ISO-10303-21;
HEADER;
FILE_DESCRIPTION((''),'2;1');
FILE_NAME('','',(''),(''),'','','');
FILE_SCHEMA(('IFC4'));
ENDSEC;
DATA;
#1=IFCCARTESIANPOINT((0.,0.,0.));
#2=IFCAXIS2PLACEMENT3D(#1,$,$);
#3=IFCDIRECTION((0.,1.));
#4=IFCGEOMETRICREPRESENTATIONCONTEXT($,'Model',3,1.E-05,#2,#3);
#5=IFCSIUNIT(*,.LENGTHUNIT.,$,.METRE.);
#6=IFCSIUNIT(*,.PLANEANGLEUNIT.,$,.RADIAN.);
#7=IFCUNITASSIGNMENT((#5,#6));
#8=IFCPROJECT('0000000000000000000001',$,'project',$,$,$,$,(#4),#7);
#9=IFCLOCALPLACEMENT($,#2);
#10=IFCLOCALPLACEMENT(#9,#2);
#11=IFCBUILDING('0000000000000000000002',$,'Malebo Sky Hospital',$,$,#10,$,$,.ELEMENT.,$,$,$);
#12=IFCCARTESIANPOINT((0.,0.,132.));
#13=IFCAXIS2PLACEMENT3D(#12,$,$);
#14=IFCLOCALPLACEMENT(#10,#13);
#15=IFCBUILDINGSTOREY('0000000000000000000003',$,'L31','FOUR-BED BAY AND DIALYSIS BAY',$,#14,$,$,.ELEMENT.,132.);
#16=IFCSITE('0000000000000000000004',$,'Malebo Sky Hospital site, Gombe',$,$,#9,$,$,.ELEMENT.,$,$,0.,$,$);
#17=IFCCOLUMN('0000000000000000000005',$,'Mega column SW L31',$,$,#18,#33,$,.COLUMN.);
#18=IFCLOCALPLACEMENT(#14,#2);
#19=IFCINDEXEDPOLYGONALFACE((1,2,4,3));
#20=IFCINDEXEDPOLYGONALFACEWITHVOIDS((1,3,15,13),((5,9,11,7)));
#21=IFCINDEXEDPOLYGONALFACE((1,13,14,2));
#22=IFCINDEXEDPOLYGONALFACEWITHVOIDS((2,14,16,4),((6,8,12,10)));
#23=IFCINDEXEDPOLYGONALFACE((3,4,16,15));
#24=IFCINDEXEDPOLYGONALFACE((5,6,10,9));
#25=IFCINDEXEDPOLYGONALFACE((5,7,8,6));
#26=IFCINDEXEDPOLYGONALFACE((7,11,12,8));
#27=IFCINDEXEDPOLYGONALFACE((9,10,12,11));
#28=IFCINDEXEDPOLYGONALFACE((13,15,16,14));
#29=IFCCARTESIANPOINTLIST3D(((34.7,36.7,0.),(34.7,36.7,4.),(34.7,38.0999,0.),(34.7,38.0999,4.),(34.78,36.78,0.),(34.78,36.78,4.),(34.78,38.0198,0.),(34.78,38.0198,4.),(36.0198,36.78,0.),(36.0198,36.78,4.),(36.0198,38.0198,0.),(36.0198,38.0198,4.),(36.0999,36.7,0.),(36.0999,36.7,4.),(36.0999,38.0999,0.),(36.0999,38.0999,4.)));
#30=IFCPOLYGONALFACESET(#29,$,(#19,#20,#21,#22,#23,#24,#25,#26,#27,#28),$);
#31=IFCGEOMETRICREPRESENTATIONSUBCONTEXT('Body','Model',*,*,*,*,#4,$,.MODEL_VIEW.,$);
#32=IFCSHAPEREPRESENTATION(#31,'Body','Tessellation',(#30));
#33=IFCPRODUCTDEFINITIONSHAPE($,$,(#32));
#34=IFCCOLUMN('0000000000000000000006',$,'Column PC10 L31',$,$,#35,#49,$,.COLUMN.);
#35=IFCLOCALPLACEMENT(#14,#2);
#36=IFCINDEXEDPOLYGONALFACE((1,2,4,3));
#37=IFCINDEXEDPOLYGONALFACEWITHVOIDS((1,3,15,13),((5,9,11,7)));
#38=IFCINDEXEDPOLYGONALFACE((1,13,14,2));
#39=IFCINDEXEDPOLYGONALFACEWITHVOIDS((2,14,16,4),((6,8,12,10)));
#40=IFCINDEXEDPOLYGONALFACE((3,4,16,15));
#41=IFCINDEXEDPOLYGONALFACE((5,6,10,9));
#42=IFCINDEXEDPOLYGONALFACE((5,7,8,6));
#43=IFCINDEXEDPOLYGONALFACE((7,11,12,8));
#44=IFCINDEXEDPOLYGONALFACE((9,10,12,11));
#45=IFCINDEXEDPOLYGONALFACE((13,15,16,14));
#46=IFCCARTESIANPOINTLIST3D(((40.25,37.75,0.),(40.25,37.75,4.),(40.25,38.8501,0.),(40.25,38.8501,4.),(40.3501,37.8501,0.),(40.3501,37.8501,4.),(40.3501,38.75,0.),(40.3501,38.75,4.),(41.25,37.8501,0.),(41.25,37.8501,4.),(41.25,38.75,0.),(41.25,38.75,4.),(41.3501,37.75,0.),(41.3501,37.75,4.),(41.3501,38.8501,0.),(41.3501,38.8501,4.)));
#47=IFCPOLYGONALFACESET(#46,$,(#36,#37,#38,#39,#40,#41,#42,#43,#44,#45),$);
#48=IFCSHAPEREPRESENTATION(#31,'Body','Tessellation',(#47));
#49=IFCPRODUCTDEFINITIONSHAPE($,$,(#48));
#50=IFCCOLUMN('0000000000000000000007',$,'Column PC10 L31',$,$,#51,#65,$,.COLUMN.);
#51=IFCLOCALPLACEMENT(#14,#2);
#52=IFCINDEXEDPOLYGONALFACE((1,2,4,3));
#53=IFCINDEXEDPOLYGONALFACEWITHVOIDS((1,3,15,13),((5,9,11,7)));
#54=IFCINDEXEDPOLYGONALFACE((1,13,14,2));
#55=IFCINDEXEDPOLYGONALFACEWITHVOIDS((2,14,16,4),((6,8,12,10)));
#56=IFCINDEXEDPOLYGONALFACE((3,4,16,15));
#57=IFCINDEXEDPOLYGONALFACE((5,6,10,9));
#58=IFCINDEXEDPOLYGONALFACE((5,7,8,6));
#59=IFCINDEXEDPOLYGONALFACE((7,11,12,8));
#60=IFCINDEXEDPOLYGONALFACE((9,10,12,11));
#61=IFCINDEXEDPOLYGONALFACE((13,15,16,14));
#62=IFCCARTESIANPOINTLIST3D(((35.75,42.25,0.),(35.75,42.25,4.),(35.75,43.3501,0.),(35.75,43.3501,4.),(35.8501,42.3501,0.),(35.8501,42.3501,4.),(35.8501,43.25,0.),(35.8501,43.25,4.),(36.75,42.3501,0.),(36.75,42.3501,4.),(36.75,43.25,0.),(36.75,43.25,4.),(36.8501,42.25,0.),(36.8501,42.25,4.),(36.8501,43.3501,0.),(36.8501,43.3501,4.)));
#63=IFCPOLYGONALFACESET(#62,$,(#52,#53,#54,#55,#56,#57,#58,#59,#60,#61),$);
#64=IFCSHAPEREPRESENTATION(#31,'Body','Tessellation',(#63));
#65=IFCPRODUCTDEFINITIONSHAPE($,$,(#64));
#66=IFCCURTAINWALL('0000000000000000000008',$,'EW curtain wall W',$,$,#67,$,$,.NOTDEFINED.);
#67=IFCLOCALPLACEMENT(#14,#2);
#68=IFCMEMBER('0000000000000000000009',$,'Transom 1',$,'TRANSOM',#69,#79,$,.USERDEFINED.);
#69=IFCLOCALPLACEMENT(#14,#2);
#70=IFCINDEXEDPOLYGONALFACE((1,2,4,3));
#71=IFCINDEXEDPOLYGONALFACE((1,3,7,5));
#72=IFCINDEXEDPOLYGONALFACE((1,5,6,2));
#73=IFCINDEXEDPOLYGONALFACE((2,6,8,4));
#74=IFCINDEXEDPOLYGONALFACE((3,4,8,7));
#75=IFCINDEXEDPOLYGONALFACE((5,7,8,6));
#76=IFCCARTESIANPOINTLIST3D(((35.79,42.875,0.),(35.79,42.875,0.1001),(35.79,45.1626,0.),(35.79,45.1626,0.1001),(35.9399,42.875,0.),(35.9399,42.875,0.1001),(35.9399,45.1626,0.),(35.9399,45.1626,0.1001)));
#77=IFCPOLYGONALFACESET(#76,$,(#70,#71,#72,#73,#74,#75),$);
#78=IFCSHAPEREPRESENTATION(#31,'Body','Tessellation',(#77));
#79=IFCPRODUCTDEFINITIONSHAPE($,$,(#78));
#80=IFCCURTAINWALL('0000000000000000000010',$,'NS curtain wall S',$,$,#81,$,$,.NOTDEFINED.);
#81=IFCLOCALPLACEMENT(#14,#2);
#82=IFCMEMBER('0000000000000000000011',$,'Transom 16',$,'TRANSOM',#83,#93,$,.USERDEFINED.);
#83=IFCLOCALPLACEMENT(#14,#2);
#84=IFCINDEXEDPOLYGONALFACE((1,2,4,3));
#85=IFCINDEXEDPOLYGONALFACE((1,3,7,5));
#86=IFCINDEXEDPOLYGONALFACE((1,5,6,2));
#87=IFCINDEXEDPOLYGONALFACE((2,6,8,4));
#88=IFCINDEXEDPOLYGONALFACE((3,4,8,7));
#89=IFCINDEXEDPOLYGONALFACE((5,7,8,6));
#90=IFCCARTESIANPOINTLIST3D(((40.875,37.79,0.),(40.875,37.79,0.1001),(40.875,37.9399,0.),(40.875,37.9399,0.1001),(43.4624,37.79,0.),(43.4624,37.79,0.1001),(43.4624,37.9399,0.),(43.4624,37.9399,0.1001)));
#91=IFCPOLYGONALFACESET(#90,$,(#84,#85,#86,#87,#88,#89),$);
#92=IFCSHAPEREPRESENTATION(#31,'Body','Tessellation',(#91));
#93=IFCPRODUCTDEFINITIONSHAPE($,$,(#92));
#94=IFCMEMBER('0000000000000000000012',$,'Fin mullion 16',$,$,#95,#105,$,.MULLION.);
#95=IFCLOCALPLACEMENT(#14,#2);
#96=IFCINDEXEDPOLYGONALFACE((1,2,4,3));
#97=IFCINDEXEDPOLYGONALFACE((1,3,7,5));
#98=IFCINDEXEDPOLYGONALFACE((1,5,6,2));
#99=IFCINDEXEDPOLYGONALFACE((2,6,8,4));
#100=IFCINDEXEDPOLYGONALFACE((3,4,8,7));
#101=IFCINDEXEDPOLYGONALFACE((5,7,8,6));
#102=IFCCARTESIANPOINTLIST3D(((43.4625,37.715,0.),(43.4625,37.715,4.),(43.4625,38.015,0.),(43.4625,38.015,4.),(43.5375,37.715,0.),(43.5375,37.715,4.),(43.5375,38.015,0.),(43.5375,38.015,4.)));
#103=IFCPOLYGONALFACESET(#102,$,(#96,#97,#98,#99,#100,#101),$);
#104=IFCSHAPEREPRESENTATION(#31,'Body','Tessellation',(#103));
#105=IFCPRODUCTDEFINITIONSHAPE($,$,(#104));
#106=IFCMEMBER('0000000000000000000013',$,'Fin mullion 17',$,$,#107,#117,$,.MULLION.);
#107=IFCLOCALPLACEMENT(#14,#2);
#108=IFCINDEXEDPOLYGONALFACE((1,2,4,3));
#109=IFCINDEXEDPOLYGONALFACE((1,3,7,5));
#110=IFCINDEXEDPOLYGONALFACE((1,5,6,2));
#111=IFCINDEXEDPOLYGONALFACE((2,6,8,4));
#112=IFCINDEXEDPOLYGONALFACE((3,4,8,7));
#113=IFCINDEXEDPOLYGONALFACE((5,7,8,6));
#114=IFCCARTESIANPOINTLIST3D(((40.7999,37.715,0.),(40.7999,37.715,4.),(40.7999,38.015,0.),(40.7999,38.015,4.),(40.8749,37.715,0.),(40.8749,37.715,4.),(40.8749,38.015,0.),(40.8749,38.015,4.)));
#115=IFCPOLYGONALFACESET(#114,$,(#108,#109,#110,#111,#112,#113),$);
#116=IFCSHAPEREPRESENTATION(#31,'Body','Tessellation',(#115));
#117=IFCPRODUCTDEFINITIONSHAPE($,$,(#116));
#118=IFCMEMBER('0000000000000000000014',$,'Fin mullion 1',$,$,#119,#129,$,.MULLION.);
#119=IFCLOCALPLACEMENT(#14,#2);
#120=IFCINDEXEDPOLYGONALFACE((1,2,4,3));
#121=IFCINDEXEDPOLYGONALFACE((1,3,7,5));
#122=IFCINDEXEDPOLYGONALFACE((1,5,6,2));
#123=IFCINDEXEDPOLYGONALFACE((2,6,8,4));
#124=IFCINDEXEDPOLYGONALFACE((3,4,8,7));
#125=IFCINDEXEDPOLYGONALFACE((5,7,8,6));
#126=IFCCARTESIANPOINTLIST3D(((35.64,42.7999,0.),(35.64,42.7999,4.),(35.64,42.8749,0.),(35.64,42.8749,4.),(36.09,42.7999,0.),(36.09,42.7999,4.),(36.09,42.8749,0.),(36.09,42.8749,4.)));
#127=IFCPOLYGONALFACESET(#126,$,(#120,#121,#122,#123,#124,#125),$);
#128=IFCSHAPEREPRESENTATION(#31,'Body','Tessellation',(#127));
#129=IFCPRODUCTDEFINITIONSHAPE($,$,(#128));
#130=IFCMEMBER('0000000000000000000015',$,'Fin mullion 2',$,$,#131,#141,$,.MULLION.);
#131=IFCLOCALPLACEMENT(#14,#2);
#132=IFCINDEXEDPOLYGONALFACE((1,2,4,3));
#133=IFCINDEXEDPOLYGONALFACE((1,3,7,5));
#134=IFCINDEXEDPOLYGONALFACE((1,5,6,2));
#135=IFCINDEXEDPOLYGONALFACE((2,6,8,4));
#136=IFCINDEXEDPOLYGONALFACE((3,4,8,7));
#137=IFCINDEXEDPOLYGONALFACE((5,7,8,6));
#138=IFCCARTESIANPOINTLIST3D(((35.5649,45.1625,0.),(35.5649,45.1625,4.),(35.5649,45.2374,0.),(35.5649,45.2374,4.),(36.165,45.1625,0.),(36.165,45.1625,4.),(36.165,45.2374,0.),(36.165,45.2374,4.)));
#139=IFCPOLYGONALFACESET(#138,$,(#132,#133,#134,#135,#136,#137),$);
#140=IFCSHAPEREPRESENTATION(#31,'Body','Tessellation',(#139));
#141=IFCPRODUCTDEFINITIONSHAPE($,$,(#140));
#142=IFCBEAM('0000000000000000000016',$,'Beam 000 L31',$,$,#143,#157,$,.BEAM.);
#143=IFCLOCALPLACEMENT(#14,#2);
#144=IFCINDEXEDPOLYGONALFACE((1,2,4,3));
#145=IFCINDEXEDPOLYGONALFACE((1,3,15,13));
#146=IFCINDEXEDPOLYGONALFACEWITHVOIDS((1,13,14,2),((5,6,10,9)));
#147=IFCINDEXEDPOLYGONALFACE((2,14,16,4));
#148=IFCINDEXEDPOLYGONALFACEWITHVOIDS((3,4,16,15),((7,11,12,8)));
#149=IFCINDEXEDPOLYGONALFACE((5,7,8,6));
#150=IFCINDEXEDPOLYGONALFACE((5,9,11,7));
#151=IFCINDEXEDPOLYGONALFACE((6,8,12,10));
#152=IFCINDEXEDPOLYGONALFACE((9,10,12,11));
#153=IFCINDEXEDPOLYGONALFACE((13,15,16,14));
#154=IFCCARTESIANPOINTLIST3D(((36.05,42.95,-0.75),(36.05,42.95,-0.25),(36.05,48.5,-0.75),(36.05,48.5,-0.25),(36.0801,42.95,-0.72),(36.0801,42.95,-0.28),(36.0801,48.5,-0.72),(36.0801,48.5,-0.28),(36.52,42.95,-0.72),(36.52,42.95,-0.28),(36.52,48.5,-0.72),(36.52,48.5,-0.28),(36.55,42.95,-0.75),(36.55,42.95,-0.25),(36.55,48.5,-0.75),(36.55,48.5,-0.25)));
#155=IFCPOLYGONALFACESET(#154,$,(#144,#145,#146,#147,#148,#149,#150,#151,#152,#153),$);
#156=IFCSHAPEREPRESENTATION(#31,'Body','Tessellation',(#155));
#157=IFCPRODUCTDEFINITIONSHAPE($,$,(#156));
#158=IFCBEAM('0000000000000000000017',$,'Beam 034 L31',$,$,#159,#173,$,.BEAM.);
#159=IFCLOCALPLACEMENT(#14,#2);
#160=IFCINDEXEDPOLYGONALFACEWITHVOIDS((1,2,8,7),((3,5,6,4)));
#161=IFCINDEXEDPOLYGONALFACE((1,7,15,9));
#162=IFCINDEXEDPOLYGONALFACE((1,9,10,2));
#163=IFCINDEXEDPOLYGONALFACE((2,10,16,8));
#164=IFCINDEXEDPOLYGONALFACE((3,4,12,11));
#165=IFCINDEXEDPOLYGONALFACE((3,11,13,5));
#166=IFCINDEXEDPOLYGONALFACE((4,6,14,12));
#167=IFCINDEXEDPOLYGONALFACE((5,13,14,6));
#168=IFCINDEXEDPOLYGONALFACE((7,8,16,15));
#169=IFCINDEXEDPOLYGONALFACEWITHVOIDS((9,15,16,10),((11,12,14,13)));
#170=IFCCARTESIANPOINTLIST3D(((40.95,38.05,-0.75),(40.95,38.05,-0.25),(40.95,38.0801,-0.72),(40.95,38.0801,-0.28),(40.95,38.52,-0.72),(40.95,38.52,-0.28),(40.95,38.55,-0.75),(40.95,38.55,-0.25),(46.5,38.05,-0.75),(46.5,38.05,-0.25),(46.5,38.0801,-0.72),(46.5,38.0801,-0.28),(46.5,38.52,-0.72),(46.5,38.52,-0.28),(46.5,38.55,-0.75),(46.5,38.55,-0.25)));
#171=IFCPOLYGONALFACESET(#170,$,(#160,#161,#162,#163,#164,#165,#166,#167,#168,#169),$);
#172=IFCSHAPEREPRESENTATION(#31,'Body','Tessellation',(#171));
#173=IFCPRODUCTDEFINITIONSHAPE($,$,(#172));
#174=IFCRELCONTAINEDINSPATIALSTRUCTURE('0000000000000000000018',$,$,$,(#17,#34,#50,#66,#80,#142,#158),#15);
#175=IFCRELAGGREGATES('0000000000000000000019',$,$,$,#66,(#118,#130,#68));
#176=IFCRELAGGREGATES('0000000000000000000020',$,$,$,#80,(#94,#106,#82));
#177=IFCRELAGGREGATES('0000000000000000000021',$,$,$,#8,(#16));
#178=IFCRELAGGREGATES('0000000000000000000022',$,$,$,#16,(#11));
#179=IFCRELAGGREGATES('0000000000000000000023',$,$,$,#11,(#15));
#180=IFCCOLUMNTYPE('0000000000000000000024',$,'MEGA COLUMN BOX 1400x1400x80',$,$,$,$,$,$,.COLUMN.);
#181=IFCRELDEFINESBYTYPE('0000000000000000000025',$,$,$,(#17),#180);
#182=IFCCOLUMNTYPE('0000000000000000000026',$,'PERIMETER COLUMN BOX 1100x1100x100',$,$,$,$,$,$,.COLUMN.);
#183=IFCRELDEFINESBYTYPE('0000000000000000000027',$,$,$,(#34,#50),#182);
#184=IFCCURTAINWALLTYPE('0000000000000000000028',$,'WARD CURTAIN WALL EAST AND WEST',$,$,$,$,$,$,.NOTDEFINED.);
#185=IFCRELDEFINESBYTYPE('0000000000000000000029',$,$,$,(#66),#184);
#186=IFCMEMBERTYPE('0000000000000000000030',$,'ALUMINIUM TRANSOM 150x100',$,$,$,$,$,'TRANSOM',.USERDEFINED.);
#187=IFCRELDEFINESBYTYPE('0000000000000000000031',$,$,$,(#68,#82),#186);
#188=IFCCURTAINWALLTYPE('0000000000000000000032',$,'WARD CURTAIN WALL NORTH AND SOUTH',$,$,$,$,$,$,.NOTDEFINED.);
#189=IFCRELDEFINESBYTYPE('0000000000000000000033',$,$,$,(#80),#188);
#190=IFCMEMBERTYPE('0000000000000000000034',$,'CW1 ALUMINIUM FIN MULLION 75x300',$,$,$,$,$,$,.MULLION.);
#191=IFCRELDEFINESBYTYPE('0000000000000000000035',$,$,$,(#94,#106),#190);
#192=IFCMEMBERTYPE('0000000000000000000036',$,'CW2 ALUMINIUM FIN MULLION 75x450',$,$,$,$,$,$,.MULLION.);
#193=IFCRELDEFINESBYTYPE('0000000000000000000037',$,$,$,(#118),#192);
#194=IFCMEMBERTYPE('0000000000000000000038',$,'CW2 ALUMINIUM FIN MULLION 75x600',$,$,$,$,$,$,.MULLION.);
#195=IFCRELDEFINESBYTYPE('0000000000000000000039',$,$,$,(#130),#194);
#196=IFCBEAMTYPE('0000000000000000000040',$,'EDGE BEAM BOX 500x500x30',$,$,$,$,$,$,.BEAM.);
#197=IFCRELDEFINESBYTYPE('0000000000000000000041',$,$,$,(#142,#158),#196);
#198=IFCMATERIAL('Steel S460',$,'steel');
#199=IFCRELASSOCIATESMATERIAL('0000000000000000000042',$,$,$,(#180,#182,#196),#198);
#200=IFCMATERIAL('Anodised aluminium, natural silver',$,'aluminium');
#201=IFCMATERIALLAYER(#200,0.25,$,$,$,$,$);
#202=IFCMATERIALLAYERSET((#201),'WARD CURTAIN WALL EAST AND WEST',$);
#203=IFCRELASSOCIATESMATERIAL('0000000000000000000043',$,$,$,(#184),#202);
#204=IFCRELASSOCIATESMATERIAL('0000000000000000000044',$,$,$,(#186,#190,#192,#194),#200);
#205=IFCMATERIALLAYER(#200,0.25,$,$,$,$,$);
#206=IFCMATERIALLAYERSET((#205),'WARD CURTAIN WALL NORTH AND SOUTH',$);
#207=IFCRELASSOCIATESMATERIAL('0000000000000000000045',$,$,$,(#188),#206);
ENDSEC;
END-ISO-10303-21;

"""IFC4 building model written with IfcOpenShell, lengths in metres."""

from ifc_helpers import new_model, si_unit, direction, frame, origin, origin_2d, place, context, subcontext, project, spatial, rectangle, hollow_rectangle, extrude, material, layer, layer_set, material_profile, profile_set, type_object, element, aggregate, save


model = new_model("IFC4")

# Units and contexts
model_context = context("Model", 3, precision=1e-05, world=origin(), true_north=direction((0.0, 1.0)))
body_context = subcontext(model_context, "Body", "Model", "MODEL_VIEW")
ifc_project = project(units=[si_unit("LENGTHUNIT", "METRE"), si_unit("PLANEANGLEUNIT", "RADIAN")], contexts=[model_context])

# Site, building, storey
site_placement = place(None, origin())
site = spatial("IfcSite", under=ifc_project, at=site_placement, Name="Malebo Sky Hospital site, Gombe", CompositionType="ELEMENT", RefElevation=0.0)
building_placement = place(site_placement, origin())
building = spatial("IfcBuilding", under=site, at=building_placement, Name="Malebo Sky Hospital", CompositionType="ELEMENT")
storey_placement = place(building_placement, frame((0.0, 0.0, 132.0)))
storey = spatial("IfcBuildingStorey", under=building, at=storey_placement, Name="L31", Description="FOUR-BED BAY AND DIALYSIS BAY", CompositionType="ELEMENT", Elevation=132.0)

# Columns
ifc_material_1 = material(Name="Steel S460", Category="steel")
ifc_material_profile_1 = material_profile(ifc_material_1, hollow_rectangle(XDim=1.3999, YDim=1.3999, WallThickness=0.0801, at=origin_2d()), Name="BOX 1400x1400x80")
ifc_profile_set_1 = profile_set([ifc_material_profile_1], Name="Steel S460")
column_type_1 = type_object("IfcColumnType", Name="MEGA COLUMN BOX 1400x1400x80", PredefinedType="COLUMN", material=ifc_profile_set_1)
column_placement = place(storey_placement, frame((35.3999, 37.3999, 0.0), z_axis=(0.0, 0.0, 1.0), x_axis=(1.0, 0.0, 0.0)))
element("IfcColumn", 1, at=column_placement, inside=storey, type_object=column_type_1, Name="Mega column SW L31", PredefinedType="COLUMN", context=body_context, shape_type="SweptSolid", body=[
    extrude(hollow_rectangle(XDim=1.3999, YDim=1.3999, WallThickness=0.0801, at=origin_2d()), origin(), (0.0, 0.0, 1.0), 4.0),
])
ifc_material_profile_2 = material_profile(ifc_material_1, hollow_rectangle(XDim=1.1001, YDim=1.1001, WallThickness=0.1001, at=origin_2d()), Name="BOX 1100x1100x100")
ifc_profile_set_2 = profile_set([ifc_material_profile_2], Name="Steel S460")
column_type_2 = type_object("IfcColumnType", Name="PERIMETER COLUMN BOX 1100x1100x100", PredefinedType="COLUMN", material=ifc_profile_set_2)
for number, where, z_axis, x_axis, name in (
    (2, (40.8, 38.3, 0.0), (0.0, 0.0, 1.0), (1.0, 0.0, 0.0), "Column PC10 L31"),
    (3, (36.3, 42.8, 0.0), (0.0, 0.0, 1.0), (1.0, 0.0, 0.0), "Column PC10 L31"),
):
    element("IfcColumn", number, at=place(storey_placement, frame(where, z_axis=z_axis, x_axis=x_axis)), inside=storey, type_object=column_type_2, Name=name, PredefinedType="COLUMN", context=body_context, shape_type="SweptSolid", body=[
        extrude(hollow_rectangle(XDim=1.1001, YDim=1.1001, WallThickness=0.1001, at=origin_2d()), origin(), (0.0, 0.0, 1.0), 4.0),
    ])

# Curtain wall, member
ifc_material_2 = material(Name="Anodised aluminium, natural silver", Category="aluminium")
ifc_layer_1 = layer(ifc_material_2, 0.25)
ifc_layer_set_1 = layer_set([ifc_layer_1], Name="WARD CURTAIN WALL EAST AND WEST")
curtain_wall_type_1 = type_object("IfcCurtainWallType", Name="WARD CURTAIN WALL EAST AND WEST", PredefinedType="NOTDEFINED", material=ifc_layer_set_1)
curtain_wall_1_placement = place(storey_placement, origin())
curtain_wall_1 = element("IfcCurtainWall", 4, at=curtain_wall_1_placement, inside=storey, type_object=curtain_wall_type_1, Name="EW curtain wall W", PredefinedType="NOTDEFINED")
ifc_material_profile_3 = material_profile(ifc_material_2, rectangle(XDim=0.1499, YDim=0.1001, at=origin_2d()), Name="ALUMINIUM TRANSOM 150x100")
ifc_profile_set_3 = profile_set([ifc_material_profile_3], Name="Anodised aluminium, natural silver")
member_type_1 = type_object("IfcMemberType", Name="ALUMINIUM TRANSOM 150x100", ElementType="TRANSOM", PredefinedType="USERDEFINED", material=ifc_profile_set_3)
member_1_placement = place(storey_placement, frame((35.865, 42.875, 0.05), z_axis=(0.0, 1.0, 0.0), x_axis=(-1.0, 0.0, 0.0)))
member_1 = element("IfcMember", 5, at=member_1_placement, type_object=member_type_1, Name="Transom 1", ObjectType="TRANSOM", PredefinedType="USERDEFINED", context=body_context, shape_type="SweptSolid", body=[
    extrude(rectangle(XDim=0.1499, YDim=0.1001, at=origin_2d()), origin(), (0.0, 0.0, 1.0), 2.2876),
])

# Curtain wall, members
ifc_layer_2 = layer(ifc_material_2, 0.25)
ifc_layer_set_2 = layer_set([ifc_layer_2], Name="WARD CURTAIN WALL NORTH AND SOUTH")
curtain_wall_type_2 = type_object("IfcCurtainWallType", Name="WARD CURTAIN WALL NORTH AND SOUTH", PredefinedType="NOTDEFINED", material=ifc_layer_set_2)
curtain_wall_2_placement = place(storey_placement, origin())
curtain_wall_2 = element("IfcCurtainWall", 6, at=curtain_wall_2_placement, inside=storey, type_object=curtain_wall_type_2, Name="NS curtain wall S", PredefinedType="NOTDEFINED")
member_2_placement = place(storey_placement, frame((43.4624, 37.865, 0.05), z_axis=(-1.0, 0.0, 0.0), x_axis=(0.0, -1.0, 0.0)))
member_2 = element("IfcMember", 7, at=member_2_placement, type_object=member_type_1, Name="Transom 16", ObjectType="TRANSOM", PredefinedType="USERDEFINED", context=body_context, shape_type="SweptSolid", body=[
    extrude(rectangle(XDim=0.1499, YDim=0.1001, at=origin_2d()), origin(), (0.0, 0.0, 1.0), 2.5874),
])
ifc_material_profile_4 = material_profile(ifc_material_2, rectangle(XDim=0.075, YDim=0.3, at=origin_2d()), Name="CW1 ALUMINIUM FIN MULLION 75x300")
ifc_profile_set_4 = profile_set([ifc_material_profile_4], Name="Anodised aluminium, natural silver")
member_type_2 = type_object("IfcMemberType", Name="CW1 ALUMINIUM FIN MULLION 75x300", PredefinedType="MULLION", material=ifc_profile_set_4)
member_3_placement = place(storey_placement, frame((43.5, 37.865, 0.0), z_axis=(0.0, 0.0, 1.0), x_axis=(-1.0, 0.0, 0.0)))
member_3 = element("IfcMember", 8, at=member_3_placement, type_object=member_type_2, Name="Fin mullion 16", PredefinedType="MULLION", context=body_context, shape_type="SweptSolid", body=[
    extrude(rectangle(XDim=0.075, YDim=0.3, at=origin_2d()), origin(), (0.0, 0.0, 1.0), 4.0),
])
member_4_placement = place(storey_placement, frame((40.8374, 37.865, 0.0), z_axis=(0.0, 0.0, 1.0), x_axis=(-1.0, 0.0, 0.0)))
member_4 = element("IfcMember", 9, at=member_4_placement, type_object=member_type_2, Name="Fin mullion 17", PredefinedType="MULLION", context=body_context, shape_type="SweptSolid", body=[
    extrude(rectangle(XDim=0.075, YDim=0.3, at=origin_2d()), origin(), (0.0, 0.0, 1.0), 4.0),
])

# Members
ifc_material_profile_5 = material_profile(ifc_material_2, rectangle(XDim=0.075, YDim=0.45, at=origin_2d()), Name="CW2 ALUMINIUM FIN MULLION 75x450")
ifc_profile_set_5 = profile_set([ifc_material_profile_5], Name="Anodised aluminium, natural silver")
member_type_3 = type_object("IfcMemberType", Name="CW2 ALUMINIUM FIN MULLION 75x450", PredefinedType="MULLION", material=ifc_profile_set_5)
member_5_placement = place(storey_placement, frame((35.865, 42.8374, 0.0), z_axis=(0.0, 0.0, 1.0), x_axis=(0.0, 1.0, 0.0)))
member_5 = element("IfcMember", 10, at=member_5_placement, type_object=member_type_3, Name="Fin mullion 1", PredefinedType="MULLION", context=body_context, shape_type="SweptSolid", body=[
    extrude(rectangle(XDim=0.075, YDim=0.45, at=origin_2d()), origin(), (0.0, 0.0, 1.0), 4.0),
])
ifc_material_profile_6 = material_profile(ifc_material_2, rectangle(XDim=0.075, YDim=0.6001, at=origin_2d()), Name="CW2 ALUMINIUM FIN MULLION 75x600")
ifc_profile_set_6 = profile_set([ifc_material_profile_6], Name="Anodised aluminium, natural silver")
member_type_4 = type_object("IfcMemberType", Name="CW2 ALUMINIUM FIN MULLION 75x600", PredefinedType="MULLION", material=ifc_profile_set_6)
member_6_placement = place(storey_placement, frame((35.865, 45.2, 0.0), z_axis=(0.0, 0.0, 1.0), x_axis=(0.0, 1.0, 0.0)))
member_6 = element("IfcMember", 11, at=member_6_placement, type_object=member_type_4, Name="Fin mullion 2", PredefinedType="MULLION", context=body_context, shape_type="SweptSolid", body=[
    extrude(rectangle(XDim=0.075, YDim=0.6001, at=origin_2d()), origin(), (0.0, 0.0, 1.0), 4.0),
])

# Beams
ifc_material_profile_7 = material_profile(ifc_material_1, hollow_rectangle(XDim=0.5, YDim=0.5, WallThickness=0.03, at=origin_2d()), Name="BOX 500x500x30")
ifc_profile_set_7 = profile_set([ifc_material_profile_7], Name="Steel S460")
beam_type_1 = type_object("IfcBeamType", Name="EDGE BEAM BOX 500x500x30", PredefinedType="BEAM", material=ifc_profile_set_7)
for number, where, z_axis, x_axis, name in (
    (12, (36.3, 42.95, -0.5), (0.0, 1.0, 0.0), (-1.0, 0.0, 0.0), "Beam 000 L31"),
    (13, (40.95, 38.3, -0.5), (1.0, 0.0, 0.0), (0.0, 1.0, 0.0), "Beam 034 L31"),
):
    element("IfcBeam", number, at=place(storey_placement, frame(where, z_axis=z_axis, x_axis=x_axis)), inside=storey, type_object=beam_type_1, Name=name, PredefinedType="BEAM", context=body_context, shape_type="SweptSolid", body=[
        extrude(hollow_rectangle(XDim=0.5, YDim=0.5, WallThickness=0.03, at=origin_2d()), origin(), (0.0, 0.0, 1.0), 5.55),
    ])

aggregate(curtain_wall_1, [member_5, member_6, member_1])
aggregate(curtain_wall_2, [member_3, member_4, member_2])

save(model, "model.ifc")
